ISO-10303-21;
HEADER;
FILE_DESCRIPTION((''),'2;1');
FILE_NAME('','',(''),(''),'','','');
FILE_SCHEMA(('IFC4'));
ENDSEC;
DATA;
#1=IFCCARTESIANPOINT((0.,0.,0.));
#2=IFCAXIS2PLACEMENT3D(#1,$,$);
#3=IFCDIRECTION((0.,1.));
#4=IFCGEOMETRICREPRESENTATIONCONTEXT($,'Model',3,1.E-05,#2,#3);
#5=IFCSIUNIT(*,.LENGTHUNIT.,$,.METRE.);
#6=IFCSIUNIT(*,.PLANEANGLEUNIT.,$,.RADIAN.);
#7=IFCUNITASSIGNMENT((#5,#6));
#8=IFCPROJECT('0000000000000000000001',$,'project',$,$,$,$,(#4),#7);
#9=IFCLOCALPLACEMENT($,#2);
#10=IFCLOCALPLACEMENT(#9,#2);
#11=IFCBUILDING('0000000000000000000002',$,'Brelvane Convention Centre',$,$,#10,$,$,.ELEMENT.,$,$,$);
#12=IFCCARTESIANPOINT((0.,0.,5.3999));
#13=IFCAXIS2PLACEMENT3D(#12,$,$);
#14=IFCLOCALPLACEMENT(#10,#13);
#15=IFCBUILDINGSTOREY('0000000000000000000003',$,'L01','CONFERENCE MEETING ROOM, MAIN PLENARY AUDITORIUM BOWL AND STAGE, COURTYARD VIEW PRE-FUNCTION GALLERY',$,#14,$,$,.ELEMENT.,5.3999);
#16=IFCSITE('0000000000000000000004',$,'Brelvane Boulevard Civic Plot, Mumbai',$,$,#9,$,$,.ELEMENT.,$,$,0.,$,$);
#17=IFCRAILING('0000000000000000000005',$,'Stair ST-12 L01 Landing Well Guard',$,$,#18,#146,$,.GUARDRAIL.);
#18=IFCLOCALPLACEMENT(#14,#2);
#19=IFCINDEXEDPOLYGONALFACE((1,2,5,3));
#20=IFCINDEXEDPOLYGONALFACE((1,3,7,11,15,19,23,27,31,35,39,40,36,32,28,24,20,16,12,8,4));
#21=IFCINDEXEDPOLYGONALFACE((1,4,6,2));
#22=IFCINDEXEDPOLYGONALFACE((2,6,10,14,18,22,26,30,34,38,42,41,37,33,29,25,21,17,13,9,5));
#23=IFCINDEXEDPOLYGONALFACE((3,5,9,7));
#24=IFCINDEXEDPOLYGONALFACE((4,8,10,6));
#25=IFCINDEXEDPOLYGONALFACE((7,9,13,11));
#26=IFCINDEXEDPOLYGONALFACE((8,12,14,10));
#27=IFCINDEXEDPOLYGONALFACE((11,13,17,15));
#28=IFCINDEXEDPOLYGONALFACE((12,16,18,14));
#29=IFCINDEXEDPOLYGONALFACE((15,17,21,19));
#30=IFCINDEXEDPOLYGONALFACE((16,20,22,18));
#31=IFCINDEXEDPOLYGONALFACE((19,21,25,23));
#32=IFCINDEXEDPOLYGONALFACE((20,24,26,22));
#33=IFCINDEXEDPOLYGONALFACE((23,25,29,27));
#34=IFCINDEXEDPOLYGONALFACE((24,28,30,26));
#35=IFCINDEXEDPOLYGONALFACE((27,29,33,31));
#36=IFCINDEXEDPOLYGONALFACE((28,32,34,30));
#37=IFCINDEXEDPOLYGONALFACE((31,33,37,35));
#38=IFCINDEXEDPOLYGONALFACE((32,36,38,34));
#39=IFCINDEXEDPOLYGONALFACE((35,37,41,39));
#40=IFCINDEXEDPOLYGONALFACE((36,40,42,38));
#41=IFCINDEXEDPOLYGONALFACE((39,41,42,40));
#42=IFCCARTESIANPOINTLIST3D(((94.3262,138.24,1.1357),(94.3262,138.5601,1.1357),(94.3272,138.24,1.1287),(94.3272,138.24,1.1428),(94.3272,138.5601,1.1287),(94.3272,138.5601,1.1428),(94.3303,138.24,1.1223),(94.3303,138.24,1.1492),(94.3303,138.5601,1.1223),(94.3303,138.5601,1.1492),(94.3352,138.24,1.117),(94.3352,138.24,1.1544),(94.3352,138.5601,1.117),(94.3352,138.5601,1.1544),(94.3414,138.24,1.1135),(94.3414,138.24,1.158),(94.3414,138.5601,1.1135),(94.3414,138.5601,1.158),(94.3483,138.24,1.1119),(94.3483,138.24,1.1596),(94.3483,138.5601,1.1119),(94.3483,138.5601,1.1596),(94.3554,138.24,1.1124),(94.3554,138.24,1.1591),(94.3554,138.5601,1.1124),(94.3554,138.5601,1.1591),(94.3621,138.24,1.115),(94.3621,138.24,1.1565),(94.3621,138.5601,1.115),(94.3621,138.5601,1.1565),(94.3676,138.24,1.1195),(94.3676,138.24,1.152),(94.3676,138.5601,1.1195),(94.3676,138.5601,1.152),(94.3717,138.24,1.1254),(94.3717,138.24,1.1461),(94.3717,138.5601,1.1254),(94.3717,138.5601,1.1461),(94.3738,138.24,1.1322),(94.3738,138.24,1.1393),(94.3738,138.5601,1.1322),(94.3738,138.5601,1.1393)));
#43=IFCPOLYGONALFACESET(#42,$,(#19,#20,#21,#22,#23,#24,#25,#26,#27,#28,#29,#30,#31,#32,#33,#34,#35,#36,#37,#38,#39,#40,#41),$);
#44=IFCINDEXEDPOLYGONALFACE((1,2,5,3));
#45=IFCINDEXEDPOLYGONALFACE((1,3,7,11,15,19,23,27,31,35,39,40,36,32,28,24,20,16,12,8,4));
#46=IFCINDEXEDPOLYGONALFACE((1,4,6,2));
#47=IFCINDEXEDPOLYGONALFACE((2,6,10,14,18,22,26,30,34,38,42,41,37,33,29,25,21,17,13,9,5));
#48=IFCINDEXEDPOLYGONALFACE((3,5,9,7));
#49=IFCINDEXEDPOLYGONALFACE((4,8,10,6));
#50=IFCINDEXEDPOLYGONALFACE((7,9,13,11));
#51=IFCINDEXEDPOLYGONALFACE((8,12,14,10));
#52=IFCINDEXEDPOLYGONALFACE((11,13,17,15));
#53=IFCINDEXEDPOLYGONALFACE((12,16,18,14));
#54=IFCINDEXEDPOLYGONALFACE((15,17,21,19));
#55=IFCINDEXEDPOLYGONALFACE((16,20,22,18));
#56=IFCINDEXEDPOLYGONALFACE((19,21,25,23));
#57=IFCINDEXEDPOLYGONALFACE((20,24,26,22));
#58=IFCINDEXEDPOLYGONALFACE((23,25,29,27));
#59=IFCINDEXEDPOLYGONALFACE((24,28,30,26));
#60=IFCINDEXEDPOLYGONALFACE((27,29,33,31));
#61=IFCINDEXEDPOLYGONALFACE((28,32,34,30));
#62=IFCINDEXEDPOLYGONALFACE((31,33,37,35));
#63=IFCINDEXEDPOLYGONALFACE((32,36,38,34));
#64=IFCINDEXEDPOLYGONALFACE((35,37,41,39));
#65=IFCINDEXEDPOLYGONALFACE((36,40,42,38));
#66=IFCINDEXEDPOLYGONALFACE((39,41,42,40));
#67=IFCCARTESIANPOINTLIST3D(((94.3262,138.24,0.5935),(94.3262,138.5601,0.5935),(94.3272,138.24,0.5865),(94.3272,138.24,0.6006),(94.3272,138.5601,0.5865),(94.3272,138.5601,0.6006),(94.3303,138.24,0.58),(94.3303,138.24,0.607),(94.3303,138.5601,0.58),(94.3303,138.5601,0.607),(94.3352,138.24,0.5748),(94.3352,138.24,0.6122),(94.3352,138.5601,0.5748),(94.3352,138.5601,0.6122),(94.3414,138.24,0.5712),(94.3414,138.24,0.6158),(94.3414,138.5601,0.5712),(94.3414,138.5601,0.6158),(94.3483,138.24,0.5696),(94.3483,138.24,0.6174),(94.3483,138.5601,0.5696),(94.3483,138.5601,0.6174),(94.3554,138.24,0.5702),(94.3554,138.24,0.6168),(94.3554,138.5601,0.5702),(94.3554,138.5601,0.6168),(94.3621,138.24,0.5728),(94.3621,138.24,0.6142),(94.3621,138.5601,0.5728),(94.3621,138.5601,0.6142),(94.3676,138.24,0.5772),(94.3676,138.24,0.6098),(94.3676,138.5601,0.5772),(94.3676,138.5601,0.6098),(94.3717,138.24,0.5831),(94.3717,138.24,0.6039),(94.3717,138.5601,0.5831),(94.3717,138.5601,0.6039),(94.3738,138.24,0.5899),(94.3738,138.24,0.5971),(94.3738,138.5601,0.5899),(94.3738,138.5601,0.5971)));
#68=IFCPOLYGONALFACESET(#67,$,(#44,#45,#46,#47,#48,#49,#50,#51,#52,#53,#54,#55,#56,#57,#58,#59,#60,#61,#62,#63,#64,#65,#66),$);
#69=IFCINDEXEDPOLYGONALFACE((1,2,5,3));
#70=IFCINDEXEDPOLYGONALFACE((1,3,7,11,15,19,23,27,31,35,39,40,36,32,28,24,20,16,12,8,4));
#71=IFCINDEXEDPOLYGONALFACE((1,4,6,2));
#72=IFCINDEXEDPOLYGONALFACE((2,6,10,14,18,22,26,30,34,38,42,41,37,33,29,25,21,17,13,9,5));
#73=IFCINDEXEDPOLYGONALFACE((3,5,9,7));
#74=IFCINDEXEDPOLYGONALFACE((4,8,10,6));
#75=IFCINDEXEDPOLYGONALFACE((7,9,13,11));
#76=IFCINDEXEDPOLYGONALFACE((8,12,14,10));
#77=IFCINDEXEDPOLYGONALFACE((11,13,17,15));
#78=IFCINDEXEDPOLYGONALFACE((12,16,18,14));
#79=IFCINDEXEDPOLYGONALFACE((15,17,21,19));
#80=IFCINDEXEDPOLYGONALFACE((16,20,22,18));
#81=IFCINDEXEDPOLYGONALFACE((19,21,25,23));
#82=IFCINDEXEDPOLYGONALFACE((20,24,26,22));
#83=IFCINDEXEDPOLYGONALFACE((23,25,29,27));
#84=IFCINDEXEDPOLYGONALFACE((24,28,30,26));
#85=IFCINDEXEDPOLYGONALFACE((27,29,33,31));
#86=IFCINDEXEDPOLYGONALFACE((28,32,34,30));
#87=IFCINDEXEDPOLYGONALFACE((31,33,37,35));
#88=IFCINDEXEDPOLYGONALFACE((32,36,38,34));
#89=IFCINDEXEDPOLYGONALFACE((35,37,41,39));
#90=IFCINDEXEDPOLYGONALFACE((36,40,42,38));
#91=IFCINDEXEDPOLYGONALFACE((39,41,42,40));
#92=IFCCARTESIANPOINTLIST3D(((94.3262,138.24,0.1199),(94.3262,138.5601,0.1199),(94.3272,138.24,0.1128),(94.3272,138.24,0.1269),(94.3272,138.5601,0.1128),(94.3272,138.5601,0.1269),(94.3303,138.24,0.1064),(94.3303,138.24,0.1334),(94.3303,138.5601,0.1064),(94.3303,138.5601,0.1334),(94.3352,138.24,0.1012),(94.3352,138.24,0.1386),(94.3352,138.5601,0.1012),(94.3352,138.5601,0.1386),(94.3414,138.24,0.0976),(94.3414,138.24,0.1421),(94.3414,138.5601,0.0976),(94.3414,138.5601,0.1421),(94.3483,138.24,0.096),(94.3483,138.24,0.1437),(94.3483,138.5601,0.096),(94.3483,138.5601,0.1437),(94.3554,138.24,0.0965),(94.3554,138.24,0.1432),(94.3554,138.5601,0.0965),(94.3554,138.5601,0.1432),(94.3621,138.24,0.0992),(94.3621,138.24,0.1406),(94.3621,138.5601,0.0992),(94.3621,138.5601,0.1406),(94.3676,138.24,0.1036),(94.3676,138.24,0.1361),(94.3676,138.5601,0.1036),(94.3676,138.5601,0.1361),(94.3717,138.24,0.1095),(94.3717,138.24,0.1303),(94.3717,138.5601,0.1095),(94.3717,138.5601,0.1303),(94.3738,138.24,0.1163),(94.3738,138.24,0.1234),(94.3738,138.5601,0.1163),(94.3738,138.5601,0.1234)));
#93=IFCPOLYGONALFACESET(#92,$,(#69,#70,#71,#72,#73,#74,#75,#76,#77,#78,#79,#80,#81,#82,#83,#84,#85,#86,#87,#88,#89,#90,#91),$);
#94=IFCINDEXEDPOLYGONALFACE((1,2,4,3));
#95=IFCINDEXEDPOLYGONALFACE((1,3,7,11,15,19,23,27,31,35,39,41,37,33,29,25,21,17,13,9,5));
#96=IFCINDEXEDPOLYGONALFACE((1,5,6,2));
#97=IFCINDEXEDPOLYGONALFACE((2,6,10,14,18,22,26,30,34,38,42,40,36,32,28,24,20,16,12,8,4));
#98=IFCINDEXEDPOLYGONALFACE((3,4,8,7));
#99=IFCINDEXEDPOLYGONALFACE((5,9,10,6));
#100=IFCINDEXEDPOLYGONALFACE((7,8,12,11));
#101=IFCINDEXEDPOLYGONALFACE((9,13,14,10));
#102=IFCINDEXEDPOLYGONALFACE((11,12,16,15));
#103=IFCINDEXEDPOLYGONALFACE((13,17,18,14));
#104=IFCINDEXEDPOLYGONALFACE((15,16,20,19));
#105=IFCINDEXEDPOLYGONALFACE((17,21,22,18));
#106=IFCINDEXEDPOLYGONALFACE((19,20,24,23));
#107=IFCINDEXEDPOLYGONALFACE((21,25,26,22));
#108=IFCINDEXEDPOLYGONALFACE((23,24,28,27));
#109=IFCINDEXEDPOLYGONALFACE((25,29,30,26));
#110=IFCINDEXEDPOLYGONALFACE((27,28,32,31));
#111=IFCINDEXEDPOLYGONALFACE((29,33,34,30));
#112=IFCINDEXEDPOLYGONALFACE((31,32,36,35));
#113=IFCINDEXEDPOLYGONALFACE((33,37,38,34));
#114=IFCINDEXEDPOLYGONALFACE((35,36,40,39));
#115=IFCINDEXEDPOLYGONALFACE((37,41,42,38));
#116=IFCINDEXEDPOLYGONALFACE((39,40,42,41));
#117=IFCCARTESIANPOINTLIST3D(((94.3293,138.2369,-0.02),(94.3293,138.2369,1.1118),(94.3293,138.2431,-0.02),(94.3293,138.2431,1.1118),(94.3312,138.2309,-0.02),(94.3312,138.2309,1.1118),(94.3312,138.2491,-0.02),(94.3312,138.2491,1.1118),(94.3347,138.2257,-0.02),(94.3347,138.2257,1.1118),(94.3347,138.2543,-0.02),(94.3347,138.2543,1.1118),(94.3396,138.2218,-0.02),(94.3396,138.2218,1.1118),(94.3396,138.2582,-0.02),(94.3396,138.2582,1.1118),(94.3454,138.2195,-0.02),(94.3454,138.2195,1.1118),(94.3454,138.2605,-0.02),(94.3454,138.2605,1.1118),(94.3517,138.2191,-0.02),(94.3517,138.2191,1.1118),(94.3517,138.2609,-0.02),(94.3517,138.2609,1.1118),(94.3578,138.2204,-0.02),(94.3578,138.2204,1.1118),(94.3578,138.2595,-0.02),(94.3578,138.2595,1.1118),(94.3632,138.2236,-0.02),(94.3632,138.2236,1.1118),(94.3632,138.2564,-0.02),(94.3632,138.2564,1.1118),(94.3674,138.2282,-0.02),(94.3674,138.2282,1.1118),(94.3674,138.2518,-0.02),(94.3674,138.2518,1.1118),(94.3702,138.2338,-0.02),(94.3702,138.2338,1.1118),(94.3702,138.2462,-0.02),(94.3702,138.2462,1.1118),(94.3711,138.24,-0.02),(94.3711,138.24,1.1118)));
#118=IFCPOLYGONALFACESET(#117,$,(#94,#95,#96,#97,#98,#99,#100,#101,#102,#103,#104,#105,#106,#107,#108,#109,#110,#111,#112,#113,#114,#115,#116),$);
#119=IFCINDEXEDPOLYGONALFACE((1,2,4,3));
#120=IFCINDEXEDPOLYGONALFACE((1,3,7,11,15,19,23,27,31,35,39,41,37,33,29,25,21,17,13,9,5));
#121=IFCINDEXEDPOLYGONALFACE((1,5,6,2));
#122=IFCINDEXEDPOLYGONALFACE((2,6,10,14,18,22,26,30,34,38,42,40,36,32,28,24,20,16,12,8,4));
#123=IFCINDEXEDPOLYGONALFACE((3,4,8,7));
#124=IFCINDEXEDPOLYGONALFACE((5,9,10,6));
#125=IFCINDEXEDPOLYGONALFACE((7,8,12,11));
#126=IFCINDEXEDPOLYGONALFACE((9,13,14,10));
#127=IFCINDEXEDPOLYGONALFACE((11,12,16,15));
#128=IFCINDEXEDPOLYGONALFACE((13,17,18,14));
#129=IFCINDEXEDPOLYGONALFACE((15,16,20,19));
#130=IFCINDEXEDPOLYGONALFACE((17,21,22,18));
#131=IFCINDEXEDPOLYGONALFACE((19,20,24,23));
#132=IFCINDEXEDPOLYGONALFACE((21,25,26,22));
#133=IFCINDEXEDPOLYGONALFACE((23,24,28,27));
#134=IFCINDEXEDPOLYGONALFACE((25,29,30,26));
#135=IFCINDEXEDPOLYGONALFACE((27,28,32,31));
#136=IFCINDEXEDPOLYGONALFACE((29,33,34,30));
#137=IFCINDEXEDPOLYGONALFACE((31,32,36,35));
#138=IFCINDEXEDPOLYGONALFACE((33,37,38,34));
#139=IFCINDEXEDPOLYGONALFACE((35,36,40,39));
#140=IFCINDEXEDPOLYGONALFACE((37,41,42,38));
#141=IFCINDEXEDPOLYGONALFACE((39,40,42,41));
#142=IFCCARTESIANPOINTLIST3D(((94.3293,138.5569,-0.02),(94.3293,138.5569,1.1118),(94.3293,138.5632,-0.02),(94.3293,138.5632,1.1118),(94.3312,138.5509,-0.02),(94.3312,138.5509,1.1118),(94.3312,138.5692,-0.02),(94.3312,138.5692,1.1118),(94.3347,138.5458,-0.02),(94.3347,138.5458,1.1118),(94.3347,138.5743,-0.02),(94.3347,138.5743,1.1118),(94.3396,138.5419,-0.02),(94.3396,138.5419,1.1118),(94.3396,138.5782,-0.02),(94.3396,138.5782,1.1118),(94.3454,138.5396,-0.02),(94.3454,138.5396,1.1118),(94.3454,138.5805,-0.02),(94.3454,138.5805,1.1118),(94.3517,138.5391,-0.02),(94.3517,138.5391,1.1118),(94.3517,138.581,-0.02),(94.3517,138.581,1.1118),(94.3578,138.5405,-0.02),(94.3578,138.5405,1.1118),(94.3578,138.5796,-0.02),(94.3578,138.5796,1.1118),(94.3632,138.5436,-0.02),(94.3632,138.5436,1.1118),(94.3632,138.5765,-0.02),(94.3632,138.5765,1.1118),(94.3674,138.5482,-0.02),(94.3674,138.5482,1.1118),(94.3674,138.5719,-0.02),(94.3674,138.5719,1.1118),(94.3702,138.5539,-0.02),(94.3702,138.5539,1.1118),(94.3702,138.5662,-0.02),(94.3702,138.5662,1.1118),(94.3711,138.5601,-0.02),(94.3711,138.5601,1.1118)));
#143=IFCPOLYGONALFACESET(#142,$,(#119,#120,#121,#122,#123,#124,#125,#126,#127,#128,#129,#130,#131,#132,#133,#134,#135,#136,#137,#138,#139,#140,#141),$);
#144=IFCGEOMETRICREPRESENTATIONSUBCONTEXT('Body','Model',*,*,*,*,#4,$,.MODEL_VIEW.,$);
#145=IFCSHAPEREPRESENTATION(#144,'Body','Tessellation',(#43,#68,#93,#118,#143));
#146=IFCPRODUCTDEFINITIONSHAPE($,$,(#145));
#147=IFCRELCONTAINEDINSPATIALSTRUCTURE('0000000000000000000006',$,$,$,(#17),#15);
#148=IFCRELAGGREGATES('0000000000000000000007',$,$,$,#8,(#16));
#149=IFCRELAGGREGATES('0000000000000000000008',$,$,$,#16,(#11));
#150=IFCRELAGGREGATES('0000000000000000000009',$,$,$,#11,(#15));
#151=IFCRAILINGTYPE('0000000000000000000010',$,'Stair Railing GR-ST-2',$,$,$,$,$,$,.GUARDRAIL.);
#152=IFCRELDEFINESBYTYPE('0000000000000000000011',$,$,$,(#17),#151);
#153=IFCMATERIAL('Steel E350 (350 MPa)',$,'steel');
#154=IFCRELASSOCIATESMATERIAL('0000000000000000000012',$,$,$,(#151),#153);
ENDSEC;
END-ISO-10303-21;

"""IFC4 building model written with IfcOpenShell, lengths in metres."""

from ifc_helpers import new_model, si_unit, direction, frame, origin, origin_2d, place, context, subcontext, project, spatial, circle, extrude, material, type_object, element, save


model = new_model("IFC4")

# Units and contexts
model_context = context("Model", 3, precision=1e-05, world=origin(), true_north=direction((0.0, 1.0)))
body_context = subcontext(model_context, "Body", "Model", "MODEL_VIEW")
ifc_project = project(units=[si_unit("LENGTHUNIT", "METRE"), si_unit("PLANEANGLEUNIT", "RADIAN")], contexts=[model_context])

# Site, building, storey
site_placement = place(None, origin())
site = spatial("IfcSite", under=ifc_project, at=site_placement, Name="Brelvane Boulevard Civic Plot, Mumbai", CompositionType="ELEMENT", RefElevation=0.0)
building_placement = place(site_placement, origin())
building = spatial("IfcBuilding", under=site, at=building_placement, Name="Brelvane Convention Centre", CompositionType="ELEMENT")
storey_placement = place(building_placement, frame((0.0, 0.0, 5.3999)))
storey = spatial("IfcBuildingStorey", under=building, at=storey_placement, Name="L01", Description="CONFERENCE MEETING ROOM, MAIN PLENARY AUDITORIUM BOWL AND STAGE, COURTYARD VIEW PRE-FUNCTION GALLERY", CompositionType="ELEMENT", Elevation=5.3999)

# Railing
ifc_material_1 = material(Name="Steel E350 (350 MPa)", Category="steel")
railing_type_1 = type_object("IfcRailingType", Name="Stair Railing GR-ST-2", PredefinedType="GUARDRAIL", material=ifc_material_1)
railing_1_placement = place(storey_placement, frame((94.3501, 138.24, -0.02)))
element("IfcRailing", 1, at=railing_1_placement, inside=storey, type_object=railing_type_1, Name="Stair ST-12 L01 Landing Well Guard", PredefinedType="GUARDRAIL", context=body_context, shape_type="SweptSolid", body=[
    extrude(circle(Radius=0.0239, at=origin_2d()), frame((0.0, 0.0, 1.1558), z_axis=(0.0, 1.0, 0.0), x_axis=(-1.0, 0.0, 0.0)), (0.0, 0.0, 1.0), 0.3201),
    extrude(circle(Radius=0.0239, at=origin_2d()), frame((0.0, 0.0, 0.6135), z_axis=(0.0, 1.0, 0.0), x_axis=(-1.0, 0.0, 0.0)), (0.0, 0.0, 1.0), 0.3201),
    extrude(circle(Radius=0.0239, at=origin_2d()), frame((0.0, 0.0, 0.1399), z_axis=(0.0, 1.0, 0.0), x_axis=(-1.0, 0.0, 0.0)), (0.0, 0.0, 1.0), 0.3201),
    extrude(circle(Radius=0.021, at=origin_2d()), origin(), (0.0, 0.0, 1.0), 1.1318),
    extrude(circle(Radius=0.021, at=origin_2d()), frame((0.0, 0.3201, 0.0)), (0.0, 0.0, 1.0), 1.1318),
])

save(model, "model.ifc")
